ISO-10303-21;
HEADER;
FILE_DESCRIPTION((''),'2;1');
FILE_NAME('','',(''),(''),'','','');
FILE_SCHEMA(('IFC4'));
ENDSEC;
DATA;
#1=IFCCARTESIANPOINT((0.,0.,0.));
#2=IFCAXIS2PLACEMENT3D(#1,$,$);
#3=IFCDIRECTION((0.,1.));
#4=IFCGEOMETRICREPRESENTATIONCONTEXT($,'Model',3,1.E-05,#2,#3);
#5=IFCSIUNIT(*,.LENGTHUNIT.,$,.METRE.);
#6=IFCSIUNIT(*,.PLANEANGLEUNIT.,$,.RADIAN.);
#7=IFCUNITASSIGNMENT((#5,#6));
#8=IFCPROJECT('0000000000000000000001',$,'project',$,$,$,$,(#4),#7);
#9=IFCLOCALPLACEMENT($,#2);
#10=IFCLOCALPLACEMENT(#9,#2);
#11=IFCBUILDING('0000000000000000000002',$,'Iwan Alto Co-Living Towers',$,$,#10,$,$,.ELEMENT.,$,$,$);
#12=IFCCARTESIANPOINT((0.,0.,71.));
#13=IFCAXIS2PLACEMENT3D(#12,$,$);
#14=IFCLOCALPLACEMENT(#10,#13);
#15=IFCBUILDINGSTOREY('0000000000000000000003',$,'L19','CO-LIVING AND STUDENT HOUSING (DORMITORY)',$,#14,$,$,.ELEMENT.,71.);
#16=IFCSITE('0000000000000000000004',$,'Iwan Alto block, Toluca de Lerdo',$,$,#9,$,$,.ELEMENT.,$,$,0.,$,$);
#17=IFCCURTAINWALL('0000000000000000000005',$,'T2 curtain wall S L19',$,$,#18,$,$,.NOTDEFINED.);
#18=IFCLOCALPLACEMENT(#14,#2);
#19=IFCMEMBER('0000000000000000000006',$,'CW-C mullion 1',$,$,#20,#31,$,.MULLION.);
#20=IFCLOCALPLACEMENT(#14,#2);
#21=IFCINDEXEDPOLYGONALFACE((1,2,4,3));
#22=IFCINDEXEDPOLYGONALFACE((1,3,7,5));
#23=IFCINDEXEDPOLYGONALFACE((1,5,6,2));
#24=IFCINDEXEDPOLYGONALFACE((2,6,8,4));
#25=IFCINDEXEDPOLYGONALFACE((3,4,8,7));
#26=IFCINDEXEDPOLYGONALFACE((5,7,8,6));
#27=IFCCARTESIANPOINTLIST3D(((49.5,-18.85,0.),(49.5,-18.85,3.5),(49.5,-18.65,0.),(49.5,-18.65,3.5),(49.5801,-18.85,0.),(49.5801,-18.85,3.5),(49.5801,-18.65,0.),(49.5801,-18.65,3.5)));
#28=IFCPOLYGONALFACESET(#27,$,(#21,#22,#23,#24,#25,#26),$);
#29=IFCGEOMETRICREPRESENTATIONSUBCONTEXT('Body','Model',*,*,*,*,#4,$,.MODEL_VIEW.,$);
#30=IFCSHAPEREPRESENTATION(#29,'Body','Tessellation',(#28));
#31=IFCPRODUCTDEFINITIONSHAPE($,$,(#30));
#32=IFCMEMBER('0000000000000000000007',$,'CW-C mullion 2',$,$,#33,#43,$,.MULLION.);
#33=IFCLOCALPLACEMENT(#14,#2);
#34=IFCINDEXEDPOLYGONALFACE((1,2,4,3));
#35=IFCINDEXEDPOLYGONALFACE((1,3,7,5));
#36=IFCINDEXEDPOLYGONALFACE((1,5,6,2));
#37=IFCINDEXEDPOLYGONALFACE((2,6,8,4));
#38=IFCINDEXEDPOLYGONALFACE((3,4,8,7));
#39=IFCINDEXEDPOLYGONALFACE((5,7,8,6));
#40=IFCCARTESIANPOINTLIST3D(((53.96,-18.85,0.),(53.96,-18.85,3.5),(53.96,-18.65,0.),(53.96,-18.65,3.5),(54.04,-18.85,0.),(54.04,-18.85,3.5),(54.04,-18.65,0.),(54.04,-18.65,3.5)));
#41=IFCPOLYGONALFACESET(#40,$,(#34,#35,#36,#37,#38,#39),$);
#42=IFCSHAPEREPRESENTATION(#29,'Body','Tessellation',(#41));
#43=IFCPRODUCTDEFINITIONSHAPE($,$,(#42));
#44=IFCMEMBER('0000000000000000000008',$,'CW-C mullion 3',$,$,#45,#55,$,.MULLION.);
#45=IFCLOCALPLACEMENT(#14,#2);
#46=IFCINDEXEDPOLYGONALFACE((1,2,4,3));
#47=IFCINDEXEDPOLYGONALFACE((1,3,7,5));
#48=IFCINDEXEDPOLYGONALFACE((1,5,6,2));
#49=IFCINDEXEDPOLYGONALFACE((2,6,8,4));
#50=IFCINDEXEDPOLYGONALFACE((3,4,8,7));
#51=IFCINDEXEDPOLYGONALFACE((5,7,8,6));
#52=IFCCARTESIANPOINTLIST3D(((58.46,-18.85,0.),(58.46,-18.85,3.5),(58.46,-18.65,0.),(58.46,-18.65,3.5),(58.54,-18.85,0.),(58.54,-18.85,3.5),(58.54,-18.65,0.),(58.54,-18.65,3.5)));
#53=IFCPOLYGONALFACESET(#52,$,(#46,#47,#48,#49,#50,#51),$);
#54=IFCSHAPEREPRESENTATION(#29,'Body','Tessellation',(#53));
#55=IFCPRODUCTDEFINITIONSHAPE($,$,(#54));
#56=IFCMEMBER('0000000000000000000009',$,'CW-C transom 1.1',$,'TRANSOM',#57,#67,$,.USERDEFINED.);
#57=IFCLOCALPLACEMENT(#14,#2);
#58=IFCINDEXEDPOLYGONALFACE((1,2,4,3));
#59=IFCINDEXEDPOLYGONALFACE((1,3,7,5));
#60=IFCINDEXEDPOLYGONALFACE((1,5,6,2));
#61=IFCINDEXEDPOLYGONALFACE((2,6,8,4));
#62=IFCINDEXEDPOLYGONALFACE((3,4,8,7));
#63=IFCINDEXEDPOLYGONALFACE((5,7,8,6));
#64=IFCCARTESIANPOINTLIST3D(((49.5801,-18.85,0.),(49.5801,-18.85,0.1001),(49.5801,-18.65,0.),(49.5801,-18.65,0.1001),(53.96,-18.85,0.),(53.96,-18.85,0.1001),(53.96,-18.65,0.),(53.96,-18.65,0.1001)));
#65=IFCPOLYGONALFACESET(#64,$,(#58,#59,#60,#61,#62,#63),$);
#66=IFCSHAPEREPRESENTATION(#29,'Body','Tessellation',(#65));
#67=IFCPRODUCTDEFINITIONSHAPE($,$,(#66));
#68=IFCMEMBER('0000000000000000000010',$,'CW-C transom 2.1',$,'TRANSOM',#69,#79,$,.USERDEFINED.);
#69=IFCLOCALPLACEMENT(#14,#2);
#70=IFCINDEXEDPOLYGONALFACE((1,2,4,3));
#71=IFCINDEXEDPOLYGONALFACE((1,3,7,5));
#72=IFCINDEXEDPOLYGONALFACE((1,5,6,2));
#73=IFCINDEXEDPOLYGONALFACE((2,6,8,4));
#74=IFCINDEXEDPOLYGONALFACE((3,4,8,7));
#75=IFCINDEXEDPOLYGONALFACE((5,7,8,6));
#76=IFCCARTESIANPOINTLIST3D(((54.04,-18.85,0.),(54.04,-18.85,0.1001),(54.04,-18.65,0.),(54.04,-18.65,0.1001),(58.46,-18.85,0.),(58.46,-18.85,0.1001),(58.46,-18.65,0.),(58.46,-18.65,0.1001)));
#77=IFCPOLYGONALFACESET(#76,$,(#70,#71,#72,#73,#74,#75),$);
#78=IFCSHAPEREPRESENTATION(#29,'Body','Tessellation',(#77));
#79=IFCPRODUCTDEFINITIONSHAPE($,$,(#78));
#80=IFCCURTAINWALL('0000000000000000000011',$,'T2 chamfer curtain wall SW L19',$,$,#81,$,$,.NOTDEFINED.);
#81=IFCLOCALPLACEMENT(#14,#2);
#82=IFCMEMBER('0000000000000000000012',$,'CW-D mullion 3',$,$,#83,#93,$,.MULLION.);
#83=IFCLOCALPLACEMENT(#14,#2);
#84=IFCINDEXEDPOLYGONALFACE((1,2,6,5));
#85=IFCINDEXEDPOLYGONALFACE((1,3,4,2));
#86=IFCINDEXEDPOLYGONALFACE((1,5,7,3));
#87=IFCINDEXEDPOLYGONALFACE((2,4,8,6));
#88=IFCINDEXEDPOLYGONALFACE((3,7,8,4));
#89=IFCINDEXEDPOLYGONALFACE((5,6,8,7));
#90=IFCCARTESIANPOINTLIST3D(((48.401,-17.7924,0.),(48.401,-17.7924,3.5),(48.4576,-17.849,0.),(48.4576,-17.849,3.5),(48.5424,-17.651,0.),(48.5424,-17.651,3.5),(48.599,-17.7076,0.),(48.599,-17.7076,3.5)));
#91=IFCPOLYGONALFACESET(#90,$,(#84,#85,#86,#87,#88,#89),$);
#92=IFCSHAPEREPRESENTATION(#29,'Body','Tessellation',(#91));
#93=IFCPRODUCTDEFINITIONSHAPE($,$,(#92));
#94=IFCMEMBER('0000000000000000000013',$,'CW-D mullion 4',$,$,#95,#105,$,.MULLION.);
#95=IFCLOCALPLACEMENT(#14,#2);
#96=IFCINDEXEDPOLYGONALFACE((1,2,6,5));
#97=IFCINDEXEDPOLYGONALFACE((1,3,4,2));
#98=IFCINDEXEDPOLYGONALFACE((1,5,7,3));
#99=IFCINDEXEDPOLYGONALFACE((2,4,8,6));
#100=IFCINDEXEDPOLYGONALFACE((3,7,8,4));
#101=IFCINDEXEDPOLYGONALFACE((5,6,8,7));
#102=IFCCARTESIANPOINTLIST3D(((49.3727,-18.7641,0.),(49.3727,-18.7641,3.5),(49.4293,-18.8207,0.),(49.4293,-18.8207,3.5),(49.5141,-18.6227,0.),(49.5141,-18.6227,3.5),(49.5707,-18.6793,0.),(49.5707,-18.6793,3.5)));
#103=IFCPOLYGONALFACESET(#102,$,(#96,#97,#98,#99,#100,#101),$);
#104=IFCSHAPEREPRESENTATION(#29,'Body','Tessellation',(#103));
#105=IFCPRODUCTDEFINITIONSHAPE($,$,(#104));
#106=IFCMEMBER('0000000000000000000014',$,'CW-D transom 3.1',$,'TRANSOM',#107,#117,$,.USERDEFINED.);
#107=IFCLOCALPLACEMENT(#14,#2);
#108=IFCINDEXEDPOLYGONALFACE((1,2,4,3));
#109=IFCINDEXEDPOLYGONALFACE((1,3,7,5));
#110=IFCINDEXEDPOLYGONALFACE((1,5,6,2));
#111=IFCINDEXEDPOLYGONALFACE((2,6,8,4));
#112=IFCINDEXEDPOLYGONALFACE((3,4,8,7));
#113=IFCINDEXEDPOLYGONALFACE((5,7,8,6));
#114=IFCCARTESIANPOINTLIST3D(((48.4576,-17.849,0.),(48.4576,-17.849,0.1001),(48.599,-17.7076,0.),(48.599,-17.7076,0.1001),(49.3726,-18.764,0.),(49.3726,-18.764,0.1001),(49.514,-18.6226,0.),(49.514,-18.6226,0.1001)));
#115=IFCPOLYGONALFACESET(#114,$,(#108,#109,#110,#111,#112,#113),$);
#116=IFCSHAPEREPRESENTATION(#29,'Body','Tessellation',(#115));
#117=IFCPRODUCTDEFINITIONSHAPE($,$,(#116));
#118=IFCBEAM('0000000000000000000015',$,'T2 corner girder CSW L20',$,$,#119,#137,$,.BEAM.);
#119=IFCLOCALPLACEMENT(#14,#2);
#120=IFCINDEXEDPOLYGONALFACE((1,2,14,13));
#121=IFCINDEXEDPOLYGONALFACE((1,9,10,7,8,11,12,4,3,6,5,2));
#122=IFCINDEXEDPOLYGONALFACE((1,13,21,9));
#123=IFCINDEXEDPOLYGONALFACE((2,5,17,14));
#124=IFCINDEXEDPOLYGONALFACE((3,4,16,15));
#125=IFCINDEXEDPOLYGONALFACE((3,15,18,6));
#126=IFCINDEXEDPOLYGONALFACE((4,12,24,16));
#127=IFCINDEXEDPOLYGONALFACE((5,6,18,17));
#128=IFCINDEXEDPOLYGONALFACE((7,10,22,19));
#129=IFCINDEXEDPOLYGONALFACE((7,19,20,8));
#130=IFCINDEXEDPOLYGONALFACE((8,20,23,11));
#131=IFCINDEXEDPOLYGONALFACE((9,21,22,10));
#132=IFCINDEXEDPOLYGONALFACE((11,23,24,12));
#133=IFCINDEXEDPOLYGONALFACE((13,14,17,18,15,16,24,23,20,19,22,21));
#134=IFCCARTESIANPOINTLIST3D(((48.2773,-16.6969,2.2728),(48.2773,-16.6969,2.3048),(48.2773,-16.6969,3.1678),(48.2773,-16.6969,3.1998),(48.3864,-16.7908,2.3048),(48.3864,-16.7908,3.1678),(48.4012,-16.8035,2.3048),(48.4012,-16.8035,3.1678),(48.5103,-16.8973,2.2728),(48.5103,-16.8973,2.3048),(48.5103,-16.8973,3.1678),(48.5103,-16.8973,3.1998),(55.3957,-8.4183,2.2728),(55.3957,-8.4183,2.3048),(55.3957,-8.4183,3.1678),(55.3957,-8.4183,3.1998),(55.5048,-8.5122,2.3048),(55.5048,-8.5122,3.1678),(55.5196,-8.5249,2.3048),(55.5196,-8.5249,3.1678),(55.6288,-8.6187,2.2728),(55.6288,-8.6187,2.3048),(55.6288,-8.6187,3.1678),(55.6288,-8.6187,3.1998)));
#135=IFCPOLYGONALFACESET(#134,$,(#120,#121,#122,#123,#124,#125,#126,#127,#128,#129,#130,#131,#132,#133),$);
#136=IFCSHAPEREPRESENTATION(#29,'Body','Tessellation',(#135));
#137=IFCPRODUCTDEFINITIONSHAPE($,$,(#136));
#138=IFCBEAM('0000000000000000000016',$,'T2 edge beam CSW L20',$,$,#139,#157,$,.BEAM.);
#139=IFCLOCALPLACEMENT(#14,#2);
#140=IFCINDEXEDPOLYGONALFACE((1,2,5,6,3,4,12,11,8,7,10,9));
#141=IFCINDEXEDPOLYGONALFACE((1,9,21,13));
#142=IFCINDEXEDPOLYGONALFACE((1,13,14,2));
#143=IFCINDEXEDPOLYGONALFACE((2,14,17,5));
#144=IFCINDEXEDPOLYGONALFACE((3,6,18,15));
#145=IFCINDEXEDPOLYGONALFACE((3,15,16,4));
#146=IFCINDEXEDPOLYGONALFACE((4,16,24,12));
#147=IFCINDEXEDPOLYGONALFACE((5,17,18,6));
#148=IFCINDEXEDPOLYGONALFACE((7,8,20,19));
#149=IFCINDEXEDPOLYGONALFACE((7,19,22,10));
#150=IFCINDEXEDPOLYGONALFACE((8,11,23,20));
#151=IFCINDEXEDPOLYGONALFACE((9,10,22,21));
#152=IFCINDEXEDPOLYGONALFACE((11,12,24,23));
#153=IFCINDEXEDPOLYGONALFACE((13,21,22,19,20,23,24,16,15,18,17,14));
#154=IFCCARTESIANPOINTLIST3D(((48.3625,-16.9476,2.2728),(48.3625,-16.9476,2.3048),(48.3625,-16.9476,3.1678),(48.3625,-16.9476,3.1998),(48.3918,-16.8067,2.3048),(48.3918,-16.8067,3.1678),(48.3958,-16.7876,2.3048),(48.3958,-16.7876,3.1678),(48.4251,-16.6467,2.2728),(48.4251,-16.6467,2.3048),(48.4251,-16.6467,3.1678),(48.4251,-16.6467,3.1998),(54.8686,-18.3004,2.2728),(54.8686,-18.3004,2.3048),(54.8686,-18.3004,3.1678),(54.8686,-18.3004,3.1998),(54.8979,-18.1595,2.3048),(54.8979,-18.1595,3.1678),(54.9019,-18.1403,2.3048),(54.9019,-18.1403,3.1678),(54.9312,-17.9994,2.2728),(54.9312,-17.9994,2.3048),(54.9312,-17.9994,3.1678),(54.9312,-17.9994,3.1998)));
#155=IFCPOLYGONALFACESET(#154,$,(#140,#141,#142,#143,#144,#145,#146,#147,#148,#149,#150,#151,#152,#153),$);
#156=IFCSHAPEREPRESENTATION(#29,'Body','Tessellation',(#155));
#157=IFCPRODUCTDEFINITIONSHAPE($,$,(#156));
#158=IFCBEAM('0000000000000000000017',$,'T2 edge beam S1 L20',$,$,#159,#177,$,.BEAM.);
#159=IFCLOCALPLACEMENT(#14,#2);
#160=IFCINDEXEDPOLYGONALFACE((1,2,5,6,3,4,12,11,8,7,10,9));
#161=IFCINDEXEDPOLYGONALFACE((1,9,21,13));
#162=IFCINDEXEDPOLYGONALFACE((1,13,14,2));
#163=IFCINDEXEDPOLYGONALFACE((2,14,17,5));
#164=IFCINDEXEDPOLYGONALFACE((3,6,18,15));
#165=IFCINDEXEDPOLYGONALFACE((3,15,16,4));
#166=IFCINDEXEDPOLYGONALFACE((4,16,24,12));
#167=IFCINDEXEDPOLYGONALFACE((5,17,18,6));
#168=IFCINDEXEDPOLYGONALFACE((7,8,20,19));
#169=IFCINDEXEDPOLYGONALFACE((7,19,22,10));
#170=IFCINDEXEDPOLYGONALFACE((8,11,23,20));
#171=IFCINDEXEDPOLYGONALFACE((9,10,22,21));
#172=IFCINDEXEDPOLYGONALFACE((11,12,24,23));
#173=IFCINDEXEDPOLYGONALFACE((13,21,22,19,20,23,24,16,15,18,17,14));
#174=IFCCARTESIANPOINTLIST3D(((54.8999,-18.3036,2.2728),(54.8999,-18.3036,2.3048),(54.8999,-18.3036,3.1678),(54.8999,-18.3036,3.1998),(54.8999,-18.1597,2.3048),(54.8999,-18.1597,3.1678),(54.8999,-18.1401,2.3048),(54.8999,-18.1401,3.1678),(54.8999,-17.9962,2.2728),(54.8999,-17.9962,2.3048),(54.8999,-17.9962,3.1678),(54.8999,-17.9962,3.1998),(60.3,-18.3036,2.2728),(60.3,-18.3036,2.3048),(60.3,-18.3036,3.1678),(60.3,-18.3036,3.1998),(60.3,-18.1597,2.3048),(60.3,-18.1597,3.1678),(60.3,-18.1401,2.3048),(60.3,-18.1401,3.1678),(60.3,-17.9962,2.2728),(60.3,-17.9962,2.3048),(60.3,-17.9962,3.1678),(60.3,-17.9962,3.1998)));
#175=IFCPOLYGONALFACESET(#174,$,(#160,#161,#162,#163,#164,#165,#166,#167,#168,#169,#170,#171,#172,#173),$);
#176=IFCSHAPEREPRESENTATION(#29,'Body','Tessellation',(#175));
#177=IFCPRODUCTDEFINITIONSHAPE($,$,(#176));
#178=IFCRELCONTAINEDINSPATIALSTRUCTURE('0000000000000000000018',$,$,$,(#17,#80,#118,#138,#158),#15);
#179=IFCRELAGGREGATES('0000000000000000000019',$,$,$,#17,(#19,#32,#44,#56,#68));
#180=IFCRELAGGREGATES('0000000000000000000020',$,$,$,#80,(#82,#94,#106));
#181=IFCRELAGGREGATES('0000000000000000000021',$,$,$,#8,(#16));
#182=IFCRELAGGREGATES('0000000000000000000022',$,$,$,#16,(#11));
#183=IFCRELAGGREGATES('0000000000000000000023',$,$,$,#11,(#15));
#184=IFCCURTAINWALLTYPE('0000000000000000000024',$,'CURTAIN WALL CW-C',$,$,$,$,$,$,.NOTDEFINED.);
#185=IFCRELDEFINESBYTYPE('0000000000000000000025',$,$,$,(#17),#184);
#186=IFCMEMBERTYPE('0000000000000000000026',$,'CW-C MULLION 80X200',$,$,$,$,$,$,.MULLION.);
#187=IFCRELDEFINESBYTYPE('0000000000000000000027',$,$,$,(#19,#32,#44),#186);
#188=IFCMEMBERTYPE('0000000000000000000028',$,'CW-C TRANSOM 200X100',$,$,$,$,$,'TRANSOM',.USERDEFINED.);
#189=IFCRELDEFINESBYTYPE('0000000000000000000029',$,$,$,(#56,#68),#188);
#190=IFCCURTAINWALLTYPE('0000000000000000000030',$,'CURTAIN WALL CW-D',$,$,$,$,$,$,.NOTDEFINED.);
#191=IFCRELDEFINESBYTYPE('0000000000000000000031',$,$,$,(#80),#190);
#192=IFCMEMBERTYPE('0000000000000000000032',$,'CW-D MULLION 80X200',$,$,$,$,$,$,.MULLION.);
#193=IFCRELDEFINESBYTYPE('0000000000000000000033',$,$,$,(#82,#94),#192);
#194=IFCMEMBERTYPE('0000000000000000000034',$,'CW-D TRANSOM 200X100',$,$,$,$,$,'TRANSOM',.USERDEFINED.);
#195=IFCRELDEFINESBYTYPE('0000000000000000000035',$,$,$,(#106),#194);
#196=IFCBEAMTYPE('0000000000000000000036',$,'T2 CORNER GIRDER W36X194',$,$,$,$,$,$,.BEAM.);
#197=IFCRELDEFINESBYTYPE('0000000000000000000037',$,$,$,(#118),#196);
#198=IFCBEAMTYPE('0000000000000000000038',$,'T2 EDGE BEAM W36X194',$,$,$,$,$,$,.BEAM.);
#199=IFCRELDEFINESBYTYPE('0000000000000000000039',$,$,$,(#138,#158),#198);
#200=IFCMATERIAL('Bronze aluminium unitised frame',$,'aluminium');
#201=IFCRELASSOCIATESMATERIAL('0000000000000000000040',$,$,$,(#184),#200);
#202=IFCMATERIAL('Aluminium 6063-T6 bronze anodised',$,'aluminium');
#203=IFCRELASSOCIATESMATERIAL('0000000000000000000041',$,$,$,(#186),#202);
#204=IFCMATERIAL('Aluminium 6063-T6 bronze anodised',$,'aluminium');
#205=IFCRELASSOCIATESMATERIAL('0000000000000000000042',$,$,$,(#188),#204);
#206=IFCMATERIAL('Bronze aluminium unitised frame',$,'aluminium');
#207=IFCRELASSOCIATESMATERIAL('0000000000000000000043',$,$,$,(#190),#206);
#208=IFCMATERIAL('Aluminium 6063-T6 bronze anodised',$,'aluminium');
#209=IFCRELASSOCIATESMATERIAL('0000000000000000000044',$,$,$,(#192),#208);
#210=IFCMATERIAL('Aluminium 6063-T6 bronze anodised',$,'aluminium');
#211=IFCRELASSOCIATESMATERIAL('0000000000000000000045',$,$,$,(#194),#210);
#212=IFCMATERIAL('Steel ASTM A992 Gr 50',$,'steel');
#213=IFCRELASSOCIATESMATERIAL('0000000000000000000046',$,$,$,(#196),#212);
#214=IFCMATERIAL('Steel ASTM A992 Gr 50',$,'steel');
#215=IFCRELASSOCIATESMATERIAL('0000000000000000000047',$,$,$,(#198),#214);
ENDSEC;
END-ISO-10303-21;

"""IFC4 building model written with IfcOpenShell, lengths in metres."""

from ifc_helpers import new_model, si_unit, direction, frame, origin, origin_2d, place, context, subcontext, project, spatial, rectangle, i_section, extrude, material, material_profile, profile_set, type_object, element, aggregate, save


model = new_model("IFC4")

# Units and contexts
model_context = context("Model", 3, precision=1e-05, world=origin(), true_north=direction((0.0, 1.0)))
body_context = subcontext(model_context, "Body", "Model", "MODEL_VIEW")
ifc_project = project(units=[si_unit("LENGTHUNIT", "METRE"), si_unit("PLANEANGLEUNIT", "RADIAN")], contexts=[model_context])

# Site, building, storey
site_placement = place(None, origin())
site = spatial("IfcSite", under=ifc_project, at=site_placement, Name="Iwan Alto block, Toluca de Lerdo", CompositionType="ELEMENT", RefElevation=0.0)
building_placement = place(site_placement, origin())
building = spatial("IfcBuilding", under=site, at=building_placement, Name="Iwan Alto Co-Living Towers", CompositionType="ELEMENT")
storey_placement = place(building_placement, frame((0.0, 0.0, 71.0)))
storey = spatial("IfcBuildingStorey", under=building, at=storey_placement, Name="L19", Description="CO-LIVING AND STUDENT HOUSING (DORMITORY)", CompositionType="ELEMENT", Elevation=71.0)

# Curtain walls, members
ifc_material_1 = material(Name="Bronze aluminium unitised frame", Category="aluminium")
curtain_wall_type_1 = type_object("IfcCurtainWallType", Name="CURTAIN WALL CW-C", PredefinedType="NOTDEFINED", material=ifc_material_1)
curtain_wall_1_placement = place(storey_placement, origin())
curtain_wall_1 = element("IfcCurtainWall", 1, at=curtain_wall_1_placement, inside=storey, type_object=curtain_wall_type_1, Name="T2 curtain wall S L19", PredefinedType="NOTDEFINED")
ifc_material_2 = material(Name="Aluminium 6063-T6 bronze anodised", Category="aluminium")
ifc_material_profile_1 = material_profile(ifc_material_2, rectangle(XDim=0.2, YDim=0.0801, at=origin_2d()), Name="AL 80X200")
ifc_profile_set_1 = profile_set([ifc_material_profile_1], Name="Aluminium 6063-T6 bronze anodised")
member_type_1 = type_object("IfcMemberType", Name="CW-C MULLION 80X200", PredefinedType="MULLION", material=ifc_profile_set_1)
member_1_placement = place(storey_placement, frame((49.54, -18.75, 0.0), z_axis=(0.0, 0.0, 1.0), x_axis=(0.0, 1.0, 0.0)))
member_1 = element("IfcMember", 2, at=member_1_placement, type_object=member_type_1, Name="CW-C mullion 1", PredefinedType="MULLION", context=body_context, shape_type="SweptSolid", body=[
    extrude(rectangle(XDim=0.2, YDim=0.0801, at=origin_2d()), origin(), (0.0, 0.0, 1.0), 3.5),
])
member_2_placement = place(storey_placement, frame((54.0, -18.75, 0.0), z_axis=(0.0, 0.0, 1.0), x_axis=(0.0, 1.0, 0.0)))
member_2 = element("IfcMember", 3, at=member_2_placement, type_object=member_type_1, Name="CW-C mullion 2", PredefinedType="MULLION", context=body_context, shape_type="SweptSolid", body=[
    extrude(rectangle(XDim=0.2, YDim=0.0801, at=origin_2d()), origin(), (0.0, 0.0, 1.0), 3.5),
])
member_3_placement = place(storey_placement, frame((58.5, -18.75, 0.0), z_axis=(0.0, 0.0, 1.0), x_axis=(0.0, 1.0, 0.0)))
member_3 = element("IfcMember", 4, at=member_3_placement, type_object=member_type_1, Name="CW-C mullion 3", PredefinedType="MULLION", context=body_context, shape_type="SweptSolid", body=[
    extrude(rectangle(XDim=0.2, YDim=0.0801, at=origin_2d()), origin(), (0.0, 0.0, 1.0), 3.5),
])
ifc_material_3 = material(Name="Aluminium 6063-T6 bronze anodised", Category="aluminium")
ifc_material_profile_2 = material_profile(ifc_material_3, rectangle(XDim=0.2, YDim=0.1001, at=origin_2d()), Name="AL 200X100")
ifc_profile_set_2 = profile_set([ifc_material_profile_2], Name="Aluminium 6063-T6 bronze anodised")
member_type_2 = type_object("IfcMemberType", Name="CW-C TRANSOM 200X100", ElementType="TRANSOM", PredefinedType="USERDEFINED", material=ifc_profile_set_2)
member_4_placement = place(storey_placement, frame((49.5801, -18.75, 0.05), z_axis=(1.0, 0.0, 0.0), x_axis=(0.0, 1.0, 0.0)))
member_4 = element("IfcMember", 5, at=member_4_placement, type_object=member_type_2, Name="CW-C transom 1.1", ObjectType="TRANSOM", PredefinedType="USERDEFINED", context=body_context, shape_type="SweptSolid", body=[
    extrude(rectangle(XDim=0.2, YDim=0.1001, at=origin_2d()), origin(), (0.0, 0.0, 1.0), 4.3799),
])
member_5_placement = place(storey_placement, frame((54.04, -18.75, 0.05), z_axis=(1.0, 0.0, 0.0), x_axis=(0.0, 1.0, 0.0)))
member_5 = element("IfcMember", 6, at=member_5_placement, type_object=member_type_2, Name="CW-C transom 2.1", ObjectType="TRANSOM", PredefinedType="USERDEFINED", context=body_context, shape_type="SweptSolid", body=[
    extrude(rectangle(XDim=0.2, YDim=0.1001, at=origin_2d()), origin(), (0.0, 0.0, 1.0), 4.4199),
])
ifc_material_4 = material(Name="Bronze aluminium unitised frame", Category="aluminium")
curtain_wall_type_2 = type_object("IfcCurtainWallType", Name="CURTAIN WALL CW-D", PredefinedType="NOTDEFINED", material=ifc_material_4)
curtain_wall_2_placement = place(storey_placement, origin())
curtain_wall_2 = element("IfcCurtainWall", 7, at=curtain_wall_2_placement, inside=storey, type_object=curtain_wall_type_2, Name="T2 chamfer curtain wall SW L19", PredefinedType="NOTDEFINED")
ifc_material_5 = material(Name="Aluminium 6063-T6 bronze anodised", Category="aluminium")
ifc_material_profile_3 = material_profile(ifc_material_5, rectangle(XDim=0.2, YDim=0.0801, at=origin_2d()), Name="AL 80X200")
ifc_profile_set_3 = profile_set([ifc_material_profile_3], Name="Aluminium 6063-T6 bronze anodised")
member_type_3 = type_object("IfcMemberType", Name="CW-D MULLION 80X200", PredefinedType="MULLION", material=ifc_profile_set_3)
member_6_placement = place(storey_placement, frame((48.5, -17.75, 0.0), z_axis=(0.0, 0.0, 1.0), x_axis=(0.707107, 0.707107, 0.0)))
member_6 = element("IfcMember", 8, at=member_6_placement, type_object=member_type_3, Name="CW-D mullion 3", PredefinedType="MULLION", context=body_context, shape_type="SweptSolid", body=[
    extrude(rectangle(XDim=0.2, YDim=0.0801, at=origin_2d()), origin(), (0.0, 0.0, 1.0), 3.5),
])
member_7_placement = place(storey_placement, frame((49.4717, -18.7217, 0.0), z_axis=(0.0, 0.0, 1.0), x_axis=(0.707107, 0.707107, 0.0)))
member_7 = element("IfcMember", 9, at=member_7_placement, type_object=member_type_3, Name="CW-D mullion 4", PredefinedType="MULLION", context=body_context, shape_type="SweptSolid", body=[
    extrude(rectangle(XDim=0.2, YDim=0.0801, at=origin_2d()), origin(), (0.0, 0.0, 1.0), 3.5),
])
ifc_material_6 = material(Name="Aluminium 6063-T6 bronze anodised", Category="aluminium")
ifc_material_profile_4 = material_profile(ifc_material_6, rectangle(XDim=0.2, YDim=0.1001, at=origin_2d()), Name="AL 200X100")
ifc_profile_set_4 = profile_set([ifc_material_profile_4], Name="Aluminium 6063-T6 bronze anodised")
member_type_4 = type_object("IfcMemberType", Name="CW-D TRANSOM 200X100", ElementType="TRANSOM", PredefinedType="USERDEFINED", material=ifc_profile_set_4)
member_8_placement = place(storey_placement, frame((48.5283, -17.7783, 0.05), z_axis=(0.707107, -0.707107, 0.0), x_axis=(0.707107, 0.707107, 0.0)))
member_8 = element("IfcMember", 10, at=member_8_placement, type_object=member_type_4, Name="CW-D transom 3.1", ObjectType="TRANSOM", PredefinedType="USERDEFINED", context=body_context, shape_type="SweptSolid", body=[
    extrude(rectangle(XDim=0.2, YDim=0.1001, at=origin_2d()), origin(), (0.0, 0.0, 1.0), 1.2939),
])

# Beams
ifc_material_7 = material(Name="Steel ASTM A992 Gr 50", Category="steel")
ifc_material_profile_5 = material_profile(ifc_material_7, i_section(OverallWidth=0.3074, OverallDepth=0.927, WebThickness=0.0195, FlangeThickness=0.032, at=origin_2d()), Name="W36X194")
ifc_profile_set_5 = profile_set([ifc_material_profile_5], Name="Steel ASTM A992 Gr 50")
beam_type_1 = type_object("IfcBeamType", Name="T2 CORNER GIRDER W36X194", PredefinedType="BEAM", material=ifc_profile_set_5)
beam_1_placement = place(storey_placement, frame((48.3938, -16.7971, 2.7363), z_axis=(0.651978, 0.758238, 0.0), x_axis=(-0.758238, 0.651978, 0.0)))
element("IfcBeam", 11, at=beam_1_placement, inside=storey, type_object=beam_type_1, Name="T2 corner girder CSW L20", PredefinedType="BEAM", context=body_context, shape_type="SweptSolid", body=[
    extrude(i_section(OverallWidth=0.3074, OverallDepth=0.927, WebThickness=0.0195, FlangeThickness=0.032, at=origin_2d()), origin(), (0.0, 0.0, 1.0), 10.9182),
])
ifc_material_8 = material(Name="Steel ASTM A992 Gr 50", Category="steel")
ifc_material_profile_6 = material_profile(ifc_material_8, i_section(OverallWidth=0.3074, OverallDepth=0.927, WebThickness=0.0195, FlangeThickness=0.032, at=origin_2d()), Name="W36X194")
ifc_profile_set_6 = profile_set([ifc_material_profile_6], Name="Steel ASTM A992 Gr 50")
beam_type_2 = type_object("IfcBeamType", Name="T2 EDGE BEAM W36X194", PredefinedType="BEAM", material=ifc_profile_set_6)
beam_2_placement = place(storey_placement, frame((48.3938, -16.7971, 2.7363), z_axis=(0.97906, -0.203571, 0.0), x_axis=(0.203571, 0.97906, 0.0)))
element("IfcBeam", 12, at=beam_2_placement, inside=storey, type_object=beam_type_2, Name="T2 edge beam CSW L20", PredefinedType="BEAM", context=body_context, shape_type="SweptSolid", body=[
    extrude(i_section(OverallWidth=0.3074, OverallDepth=0.927, WebThickness=0.0195, FlangeThickness=0.032, at=origin_2d()), origin(), (0.0, 0.0, 1.0), 6.6453),
])
beam_3_placement = place(storey_placement, frame((54.8999, -18.1499, 2.7363), z_axis=(1.0, 0.0, 0.0), x_axis=(0.0, 1.0, 0.0)))
element("IfcBeam", 13, at=beam_3_placement, inside=storey, type_object=beam_type_2, Name="T2 edge beam S1 L20", PredefinedType="BEAM", context=body_context, shape_type="SweptSolid", body=[
    extrude(i_section(OverallWidth=0.3074, OverallDepth=0.927, WebThickness=0.0195, FlangeThickness=0.032, at=origin_2d()), origin(), (0.0, 0.0, 1.0), 5.4001),
])

aggregate(curtain_wall_1, [member_1, member_2, member_3, member_4, member_5])
aggregate(curtain_wall_2, [member_6, member_7, member_8])

save(model, "model.ifc")
